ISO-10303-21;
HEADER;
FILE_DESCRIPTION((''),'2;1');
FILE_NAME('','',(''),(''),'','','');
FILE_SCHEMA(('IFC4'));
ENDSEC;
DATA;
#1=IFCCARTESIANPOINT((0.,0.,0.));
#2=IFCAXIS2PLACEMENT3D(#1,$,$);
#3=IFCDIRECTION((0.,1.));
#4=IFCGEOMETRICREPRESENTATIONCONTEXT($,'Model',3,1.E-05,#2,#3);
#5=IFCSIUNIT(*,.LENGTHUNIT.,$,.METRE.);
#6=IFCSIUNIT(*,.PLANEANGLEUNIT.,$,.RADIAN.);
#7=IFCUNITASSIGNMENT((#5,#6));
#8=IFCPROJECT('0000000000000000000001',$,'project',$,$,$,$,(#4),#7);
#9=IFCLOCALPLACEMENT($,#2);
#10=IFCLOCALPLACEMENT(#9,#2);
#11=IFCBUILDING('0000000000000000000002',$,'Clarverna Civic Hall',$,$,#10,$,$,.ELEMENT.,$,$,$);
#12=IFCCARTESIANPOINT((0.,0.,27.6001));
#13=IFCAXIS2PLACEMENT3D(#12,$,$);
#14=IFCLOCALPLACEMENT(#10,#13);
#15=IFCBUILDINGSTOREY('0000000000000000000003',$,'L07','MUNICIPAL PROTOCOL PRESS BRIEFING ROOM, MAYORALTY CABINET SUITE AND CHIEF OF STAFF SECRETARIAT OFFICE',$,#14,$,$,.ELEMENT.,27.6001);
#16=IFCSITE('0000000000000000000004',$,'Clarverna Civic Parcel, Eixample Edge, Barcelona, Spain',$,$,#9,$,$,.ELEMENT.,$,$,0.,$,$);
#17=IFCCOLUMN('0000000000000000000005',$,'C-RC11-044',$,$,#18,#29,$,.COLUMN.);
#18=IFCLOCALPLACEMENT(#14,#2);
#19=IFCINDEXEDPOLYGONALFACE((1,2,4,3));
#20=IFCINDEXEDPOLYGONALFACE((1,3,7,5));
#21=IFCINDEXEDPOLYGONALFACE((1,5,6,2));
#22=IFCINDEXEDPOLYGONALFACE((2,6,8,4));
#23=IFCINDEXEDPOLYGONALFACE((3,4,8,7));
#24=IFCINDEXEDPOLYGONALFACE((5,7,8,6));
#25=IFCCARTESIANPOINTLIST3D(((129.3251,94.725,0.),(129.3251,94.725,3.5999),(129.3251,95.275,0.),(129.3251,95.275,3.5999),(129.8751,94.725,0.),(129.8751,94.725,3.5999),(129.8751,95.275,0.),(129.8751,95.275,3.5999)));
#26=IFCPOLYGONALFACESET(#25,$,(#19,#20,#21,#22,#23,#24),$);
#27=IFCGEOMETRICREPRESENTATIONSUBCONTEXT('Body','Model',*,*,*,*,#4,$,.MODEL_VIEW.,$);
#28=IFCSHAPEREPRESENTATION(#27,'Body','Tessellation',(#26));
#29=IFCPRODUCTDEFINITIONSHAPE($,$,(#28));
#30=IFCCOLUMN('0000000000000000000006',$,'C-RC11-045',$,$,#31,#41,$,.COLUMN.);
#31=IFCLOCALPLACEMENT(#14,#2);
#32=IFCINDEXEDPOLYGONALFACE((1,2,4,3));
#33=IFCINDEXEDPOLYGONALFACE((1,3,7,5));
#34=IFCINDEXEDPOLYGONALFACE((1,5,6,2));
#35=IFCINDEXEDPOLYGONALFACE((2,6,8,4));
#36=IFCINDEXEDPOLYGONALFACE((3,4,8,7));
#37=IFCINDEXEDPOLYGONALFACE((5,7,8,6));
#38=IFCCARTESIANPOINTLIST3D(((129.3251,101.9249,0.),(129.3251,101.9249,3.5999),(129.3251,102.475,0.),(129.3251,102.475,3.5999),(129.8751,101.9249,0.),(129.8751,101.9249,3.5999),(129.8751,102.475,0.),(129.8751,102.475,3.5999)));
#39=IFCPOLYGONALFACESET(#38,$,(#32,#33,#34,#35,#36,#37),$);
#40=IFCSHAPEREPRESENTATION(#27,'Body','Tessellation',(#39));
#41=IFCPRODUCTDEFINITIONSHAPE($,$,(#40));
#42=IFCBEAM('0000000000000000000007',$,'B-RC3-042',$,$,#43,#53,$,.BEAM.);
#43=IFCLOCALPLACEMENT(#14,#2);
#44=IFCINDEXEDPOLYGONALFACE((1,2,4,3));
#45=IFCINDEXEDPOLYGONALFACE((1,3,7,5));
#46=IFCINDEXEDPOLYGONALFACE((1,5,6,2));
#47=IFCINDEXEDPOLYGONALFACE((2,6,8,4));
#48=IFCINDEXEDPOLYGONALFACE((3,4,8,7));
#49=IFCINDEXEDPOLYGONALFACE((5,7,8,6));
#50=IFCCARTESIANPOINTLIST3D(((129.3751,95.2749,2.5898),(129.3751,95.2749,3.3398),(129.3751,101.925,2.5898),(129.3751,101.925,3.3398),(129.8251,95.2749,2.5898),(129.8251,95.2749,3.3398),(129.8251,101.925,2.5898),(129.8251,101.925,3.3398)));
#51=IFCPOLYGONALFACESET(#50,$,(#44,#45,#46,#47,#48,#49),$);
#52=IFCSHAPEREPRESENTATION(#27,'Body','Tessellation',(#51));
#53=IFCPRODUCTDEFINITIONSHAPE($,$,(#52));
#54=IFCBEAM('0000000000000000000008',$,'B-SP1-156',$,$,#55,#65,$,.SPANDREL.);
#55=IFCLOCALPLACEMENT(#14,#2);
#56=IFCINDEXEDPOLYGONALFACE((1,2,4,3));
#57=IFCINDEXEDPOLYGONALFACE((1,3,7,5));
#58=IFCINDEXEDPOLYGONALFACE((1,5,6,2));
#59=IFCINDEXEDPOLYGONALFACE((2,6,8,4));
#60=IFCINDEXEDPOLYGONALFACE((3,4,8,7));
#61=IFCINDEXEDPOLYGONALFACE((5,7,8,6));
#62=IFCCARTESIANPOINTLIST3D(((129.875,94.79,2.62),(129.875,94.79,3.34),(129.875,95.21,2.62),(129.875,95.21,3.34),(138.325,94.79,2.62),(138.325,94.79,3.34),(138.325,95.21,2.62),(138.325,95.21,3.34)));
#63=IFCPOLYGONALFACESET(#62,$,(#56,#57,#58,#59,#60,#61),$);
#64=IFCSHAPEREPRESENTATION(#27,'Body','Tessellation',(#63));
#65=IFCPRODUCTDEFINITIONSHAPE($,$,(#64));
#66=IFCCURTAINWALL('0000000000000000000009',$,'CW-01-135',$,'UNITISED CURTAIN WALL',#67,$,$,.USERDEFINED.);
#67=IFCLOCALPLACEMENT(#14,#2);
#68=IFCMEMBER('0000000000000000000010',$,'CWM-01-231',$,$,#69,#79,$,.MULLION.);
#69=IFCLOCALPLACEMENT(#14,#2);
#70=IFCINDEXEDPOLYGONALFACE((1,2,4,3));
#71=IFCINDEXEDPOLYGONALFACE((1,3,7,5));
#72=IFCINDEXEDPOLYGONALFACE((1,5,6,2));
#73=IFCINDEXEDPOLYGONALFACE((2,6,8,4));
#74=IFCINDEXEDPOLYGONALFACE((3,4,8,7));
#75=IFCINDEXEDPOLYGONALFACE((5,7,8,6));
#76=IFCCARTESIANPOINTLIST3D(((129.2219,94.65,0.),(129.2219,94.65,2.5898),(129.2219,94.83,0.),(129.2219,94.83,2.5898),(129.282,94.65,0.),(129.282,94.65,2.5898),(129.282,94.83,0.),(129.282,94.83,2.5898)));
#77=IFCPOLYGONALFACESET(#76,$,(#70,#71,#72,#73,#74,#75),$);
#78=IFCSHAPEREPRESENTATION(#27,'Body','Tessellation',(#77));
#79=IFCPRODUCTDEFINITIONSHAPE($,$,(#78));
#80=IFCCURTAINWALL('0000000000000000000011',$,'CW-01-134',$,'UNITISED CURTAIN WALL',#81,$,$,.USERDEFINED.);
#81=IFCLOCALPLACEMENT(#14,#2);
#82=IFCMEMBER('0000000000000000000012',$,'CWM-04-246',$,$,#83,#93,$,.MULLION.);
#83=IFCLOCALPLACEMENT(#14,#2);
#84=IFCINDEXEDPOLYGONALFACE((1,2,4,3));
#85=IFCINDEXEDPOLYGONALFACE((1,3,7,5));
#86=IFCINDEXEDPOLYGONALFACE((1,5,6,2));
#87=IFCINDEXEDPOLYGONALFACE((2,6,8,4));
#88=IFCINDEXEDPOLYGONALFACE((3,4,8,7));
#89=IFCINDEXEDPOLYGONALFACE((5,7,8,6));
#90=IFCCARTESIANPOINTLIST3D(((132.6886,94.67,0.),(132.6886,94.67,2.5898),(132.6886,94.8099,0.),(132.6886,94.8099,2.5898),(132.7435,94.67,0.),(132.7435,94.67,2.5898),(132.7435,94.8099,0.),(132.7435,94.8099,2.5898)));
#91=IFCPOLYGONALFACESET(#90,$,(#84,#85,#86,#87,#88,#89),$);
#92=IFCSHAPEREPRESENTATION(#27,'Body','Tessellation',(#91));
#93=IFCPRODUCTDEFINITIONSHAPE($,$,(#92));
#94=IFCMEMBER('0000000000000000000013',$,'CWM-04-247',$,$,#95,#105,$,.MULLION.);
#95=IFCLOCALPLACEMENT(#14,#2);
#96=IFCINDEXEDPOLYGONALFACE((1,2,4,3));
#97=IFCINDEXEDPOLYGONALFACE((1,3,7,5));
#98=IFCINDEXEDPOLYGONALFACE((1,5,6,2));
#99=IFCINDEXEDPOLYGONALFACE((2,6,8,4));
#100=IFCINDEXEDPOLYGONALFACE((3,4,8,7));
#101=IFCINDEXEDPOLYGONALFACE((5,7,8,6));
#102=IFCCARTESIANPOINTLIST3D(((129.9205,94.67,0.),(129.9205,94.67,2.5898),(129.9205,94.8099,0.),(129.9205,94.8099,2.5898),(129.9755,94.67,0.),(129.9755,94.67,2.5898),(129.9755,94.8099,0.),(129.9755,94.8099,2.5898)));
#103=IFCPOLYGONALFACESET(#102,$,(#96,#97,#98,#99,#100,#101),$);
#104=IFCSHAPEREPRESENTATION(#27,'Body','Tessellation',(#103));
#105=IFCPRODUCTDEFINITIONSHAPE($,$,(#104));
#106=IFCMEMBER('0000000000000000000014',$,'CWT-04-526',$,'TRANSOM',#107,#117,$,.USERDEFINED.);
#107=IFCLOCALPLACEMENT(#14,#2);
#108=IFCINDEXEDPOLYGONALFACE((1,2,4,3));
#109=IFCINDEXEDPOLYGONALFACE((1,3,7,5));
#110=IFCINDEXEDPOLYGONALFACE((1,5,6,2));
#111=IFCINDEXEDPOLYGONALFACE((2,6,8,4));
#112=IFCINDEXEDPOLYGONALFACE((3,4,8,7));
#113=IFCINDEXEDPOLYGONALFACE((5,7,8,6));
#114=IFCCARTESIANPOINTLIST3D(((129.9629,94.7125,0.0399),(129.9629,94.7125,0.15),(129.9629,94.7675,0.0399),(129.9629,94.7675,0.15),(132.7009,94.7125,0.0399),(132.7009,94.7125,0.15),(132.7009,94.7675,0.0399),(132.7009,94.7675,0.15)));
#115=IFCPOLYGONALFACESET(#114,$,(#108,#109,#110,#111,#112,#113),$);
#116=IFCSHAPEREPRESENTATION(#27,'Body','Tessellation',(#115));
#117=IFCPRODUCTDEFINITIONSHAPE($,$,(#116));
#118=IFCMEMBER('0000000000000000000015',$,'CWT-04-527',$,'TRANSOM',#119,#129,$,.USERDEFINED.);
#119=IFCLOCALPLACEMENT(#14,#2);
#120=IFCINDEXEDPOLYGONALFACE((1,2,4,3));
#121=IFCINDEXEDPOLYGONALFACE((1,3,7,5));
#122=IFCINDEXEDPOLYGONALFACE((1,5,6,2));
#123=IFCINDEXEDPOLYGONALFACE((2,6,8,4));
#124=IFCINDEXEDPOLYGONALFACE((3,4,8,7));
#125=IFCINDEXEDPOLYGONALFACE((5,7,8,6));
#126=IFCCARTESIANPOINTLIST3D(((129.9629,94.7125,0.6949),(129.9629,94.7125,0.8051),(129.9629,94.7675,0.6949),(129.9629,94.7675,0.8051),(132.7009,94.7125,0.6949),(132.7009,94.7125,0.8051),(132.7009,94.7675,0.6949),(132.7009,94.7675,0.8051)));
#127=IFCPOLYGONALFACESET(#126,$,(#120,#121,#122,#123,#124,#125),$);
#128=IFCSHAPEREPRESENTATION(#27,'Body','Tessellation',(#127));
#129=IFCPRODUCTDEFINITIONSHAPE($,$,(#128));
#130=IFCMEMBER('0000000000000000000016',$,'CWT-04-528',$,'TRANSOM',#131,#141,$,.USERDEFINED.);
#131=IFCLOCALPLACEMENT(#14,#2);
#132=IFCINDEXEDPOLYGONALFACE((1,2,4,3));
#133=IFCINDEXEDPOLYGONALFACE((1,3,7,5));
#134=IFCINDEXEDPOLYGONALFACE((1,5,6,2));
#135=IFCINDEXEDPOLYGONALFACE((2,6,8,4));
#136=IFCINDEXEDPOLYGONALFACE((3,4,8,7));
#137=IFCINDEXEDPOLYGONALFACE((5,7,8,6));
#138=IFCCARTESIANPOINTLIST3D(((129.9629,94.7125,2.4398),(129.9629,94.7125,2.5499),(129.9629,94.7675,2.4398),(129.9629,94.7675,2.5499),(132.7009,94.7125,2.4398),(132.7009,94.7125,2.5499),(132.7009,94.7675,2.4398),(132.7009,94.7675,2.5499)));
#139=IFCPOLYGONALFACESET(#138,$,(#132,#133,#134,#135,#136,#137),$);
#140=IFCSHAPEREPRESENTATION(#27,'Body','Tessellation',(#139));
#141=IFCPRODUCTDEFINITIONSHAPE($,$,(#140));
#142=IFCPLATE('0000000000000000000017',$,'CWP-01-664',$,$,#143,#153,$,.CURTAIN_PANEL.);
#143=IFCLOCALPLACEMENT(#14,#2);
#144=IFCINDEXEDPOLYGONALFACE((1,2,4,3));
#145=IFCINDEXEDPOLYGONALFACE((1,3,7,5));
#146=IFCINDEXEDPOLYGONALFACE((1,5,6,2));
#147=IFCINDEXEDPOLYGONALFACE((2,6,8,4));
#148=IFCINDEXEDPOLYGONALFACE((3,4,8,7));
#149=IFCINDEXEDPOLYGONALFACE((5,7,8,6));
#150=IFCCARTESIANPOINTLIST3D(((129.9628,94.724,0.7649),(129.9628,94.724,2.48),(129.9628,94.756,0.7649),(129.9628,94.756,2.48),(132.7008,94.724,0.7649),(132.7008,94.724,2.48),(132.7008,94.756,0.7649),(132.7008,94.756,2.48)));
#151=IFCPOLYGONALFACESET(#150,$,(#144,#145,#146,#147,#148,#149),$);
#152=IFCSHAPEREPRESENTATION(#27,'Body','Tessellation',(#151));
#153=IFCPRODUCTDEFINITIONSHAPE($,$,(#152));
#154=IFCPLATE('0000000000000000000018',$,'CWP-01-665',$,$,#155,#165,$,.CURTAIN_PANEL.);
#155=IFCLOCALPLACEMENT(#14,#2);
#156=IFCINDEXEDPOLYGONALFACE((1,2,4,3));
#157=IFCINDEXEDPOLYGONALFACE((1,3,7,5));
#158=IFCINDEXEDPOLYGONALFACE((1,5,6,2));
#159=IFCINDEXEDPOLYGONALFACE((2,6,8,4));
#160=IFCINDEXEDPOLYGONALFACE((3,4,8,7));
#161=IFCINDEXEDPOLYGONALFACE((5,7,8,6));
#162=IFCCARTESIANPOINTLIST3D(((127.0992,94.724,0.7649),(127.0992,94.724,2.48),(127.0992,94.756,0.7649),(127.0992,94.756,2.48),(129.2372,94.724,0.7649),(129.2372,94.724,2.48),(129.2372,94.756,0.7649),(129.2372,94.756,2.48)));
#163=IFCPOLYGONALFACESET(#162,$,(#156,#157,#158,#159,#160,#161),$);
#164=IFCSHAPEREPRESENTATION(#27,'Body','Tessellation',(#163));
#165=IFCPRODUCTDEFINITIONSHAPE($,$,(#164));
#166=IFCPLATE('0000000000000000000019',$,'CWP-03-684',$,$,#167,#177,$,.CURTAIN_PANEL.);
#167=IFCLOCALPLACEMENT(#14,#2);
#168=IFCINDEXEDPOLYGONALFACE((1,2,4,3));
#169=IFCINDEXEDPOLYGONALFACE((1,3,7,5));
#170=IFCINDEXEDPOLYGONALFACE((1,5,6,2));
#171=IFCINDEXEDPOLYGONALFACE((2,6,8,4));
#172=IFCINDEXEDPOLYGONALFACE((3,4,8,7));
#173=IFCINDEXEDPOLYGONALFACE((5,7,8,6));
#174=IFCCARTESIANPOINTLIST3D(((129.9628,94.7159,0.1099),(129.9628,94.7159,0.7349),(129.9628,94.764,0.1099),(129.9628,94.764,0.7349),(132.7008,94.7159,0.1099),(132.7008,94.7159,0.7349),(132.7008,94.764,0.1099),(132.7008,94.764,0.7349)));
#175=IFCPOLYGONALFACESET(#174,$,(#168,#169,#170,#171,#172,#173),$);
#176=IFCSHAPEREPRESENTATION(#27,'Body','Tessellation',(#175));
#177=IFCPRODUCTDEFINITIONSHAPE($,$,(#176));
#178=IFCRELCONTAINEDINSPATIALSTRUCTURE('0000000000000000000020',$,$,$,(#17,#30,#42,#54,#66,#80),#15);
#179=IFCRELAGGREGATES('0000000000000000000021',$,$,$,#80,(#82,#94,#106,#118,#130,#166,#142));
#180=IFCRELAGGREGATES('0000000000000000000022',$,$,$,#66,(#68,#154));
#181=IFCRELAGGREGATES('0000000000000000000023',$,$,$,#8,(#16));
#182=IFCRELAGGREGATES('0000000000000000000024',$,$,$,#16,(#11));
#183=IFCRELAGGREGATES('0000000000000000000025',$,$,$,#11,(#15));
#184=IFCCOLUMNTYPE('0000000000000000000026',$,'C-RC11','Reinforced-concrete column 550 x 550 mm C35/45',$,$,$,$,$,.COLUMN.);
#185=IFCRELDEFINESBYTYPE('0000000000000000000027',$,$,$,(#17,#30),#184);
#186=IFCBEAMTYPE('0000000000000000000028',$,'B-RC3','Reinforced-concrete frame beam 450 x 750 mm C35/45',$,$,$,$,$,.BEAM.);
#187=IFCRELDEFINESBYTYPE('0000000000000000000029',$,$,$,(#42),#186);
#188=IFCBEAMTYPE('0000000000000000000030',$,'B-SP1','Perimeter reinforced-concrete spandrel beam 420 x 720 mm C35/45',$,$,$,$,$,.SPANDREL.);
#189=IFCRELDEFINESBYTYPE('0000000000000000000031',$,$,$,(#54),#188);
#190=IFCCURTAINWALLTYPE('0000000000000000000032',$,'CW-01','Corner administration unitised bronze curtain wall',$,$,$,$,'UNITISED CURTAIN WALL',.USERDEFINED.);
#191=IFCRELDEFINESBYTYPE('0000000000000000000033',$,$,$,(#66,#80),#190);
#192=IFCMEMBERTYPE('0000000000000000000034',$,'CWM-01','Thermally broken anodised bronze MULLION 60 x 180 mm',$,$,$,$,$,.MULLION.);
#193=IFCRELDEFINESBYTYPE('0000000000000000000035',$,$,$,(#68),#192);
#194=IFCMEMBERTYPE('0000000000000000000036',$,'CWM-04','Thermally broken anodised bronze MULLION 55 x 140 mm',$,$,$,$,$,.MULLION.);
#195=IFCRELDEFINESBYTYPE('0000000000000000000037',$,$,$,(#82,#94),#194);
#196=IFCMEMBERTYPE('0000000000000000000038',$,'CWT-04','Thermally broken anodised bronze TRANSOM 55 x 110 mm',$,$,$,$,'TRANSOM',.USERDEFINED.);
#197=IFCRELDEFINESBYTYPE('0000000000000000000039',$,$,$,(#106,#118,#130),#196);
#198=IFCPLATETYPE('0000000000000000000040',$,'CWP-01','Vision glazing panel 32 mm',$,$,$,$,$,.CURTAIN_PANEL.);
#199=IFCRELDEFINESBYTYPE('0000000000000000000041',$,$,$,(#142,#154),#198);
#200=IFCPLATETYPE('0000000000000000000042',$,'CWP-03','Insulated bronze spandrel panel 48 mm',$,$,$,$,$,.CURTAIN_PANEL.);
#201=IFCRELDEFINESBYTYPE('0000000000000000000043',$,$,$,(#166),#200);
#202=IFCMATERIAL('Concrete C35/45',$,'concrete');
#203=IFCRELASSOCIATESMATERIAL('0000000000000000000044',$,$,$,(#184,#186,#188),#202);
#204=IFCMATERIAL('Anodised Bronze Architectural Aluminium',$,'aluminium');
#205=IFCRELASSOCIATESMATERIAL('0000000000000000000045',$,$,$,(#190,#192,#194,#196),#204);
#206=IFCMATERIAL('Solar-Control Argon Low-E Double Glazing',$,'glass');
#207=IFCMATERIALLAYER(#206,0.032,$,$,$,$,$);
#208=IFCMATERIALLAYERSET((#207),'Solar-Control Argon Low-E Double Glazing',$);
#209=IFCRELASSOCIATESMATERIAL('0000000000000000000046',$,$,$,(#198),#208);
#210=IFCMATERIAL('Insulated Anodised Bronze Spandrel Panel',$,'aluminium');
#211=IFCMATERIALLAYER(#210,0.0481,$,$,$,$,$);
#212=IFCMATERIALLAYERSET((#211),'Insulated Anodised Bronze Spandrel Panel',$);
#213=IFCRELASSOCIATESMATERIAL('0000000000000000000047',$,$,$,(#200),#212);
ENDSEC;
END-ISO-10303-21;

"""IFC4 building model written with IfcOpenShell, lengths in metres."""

from ifc_helpers import new_model, si_unit, direction, frame, frame_2d, origin, origin_2d, place, context, subcontext, project, spatial, rectangle, extrude, material, layer, layer_set, material_profile, profile_set, type_object, element, aggregate, save


model = new_model("IFC4")

# Units and contexts
model_context = context("Model", 3, precision=1e-05, world=origin(), true_north=direction((0.0, 1.0)))
body_context = subcontext(model_context, "Body", "Model", "MODEL_VIEW")
ifc_project = project(units=[si_unit("LENGTHUNIT", "METRE"), si_unit("PLANEANGLEUNIT", "RADIAN")], contexts=[model_context])

# Site, building, storey
site_placement = place(None, origin())
site = spatial("IfcSite", under=ifc_project, at=site_placement, Name="Clarverna Civic Parcel, Eixample Edge, Barcelona, Spain", CompositionType="ELEMENT", RefElevation=0.0)
building_placement = place(site_placement, origin())
building = spatial("IfcBuilding", under=site, at=building_placement, Name="Clarverna Civic Hall", CompositionType="ELEMENT")
storey_placement = place(building_placement, frame((0.0, 0.0, 27.6001)))
storey = spatial("IfcBuildingStorey", under=building, at=storey_placement, Name="L07", Description="MUNICIPAL PROTOCOL PRESS BRIEFING ROOM, MAYORALTY CABINET SUITE AND CHIEF OF STAFF SECRETARIAT OFFICE", CompositionType="ELEMENT", Elevation=27.6001)

# Columns
ifc_material_1 = material(Name="Concrete C35/45", Category="concrete")
ifc_material_profile_1 = material_profile(ifc_material_1, rectangle(XDim=0.55, YDim=0.55, at=origin_2d()), Name="RC 550x550")
ifc_profile_set_1 = profile_set([ifc_material_profile_1], Name="Concrete C35/45")
column_type = type_object("IfcColumnType", Name="C-RC11", Description="Reinforced-concrete column 550 x 550 mm C35/45", PredefinedType="COLUMN", material=ifc_profile_set_1)
for number, where, z_axis, x_axis, name in (
    (1, (129.6001, 95.0, 0.0), (0.0, 0.0, 1.0), (1.0, 0.0, 0.0), "C-RC11-044"),
    (2, (129.6001, 102.2, 0.0), (0.0, 0.0, 1.0), (1.0, 0.0, 0.0), "C-RC11-045"),
):
    element("IfcColumn", number, at=place(storey_placement, frame(where, z_axis=z_axis, x_axis=x_axis)), inside=storey, type_object=column_type, Name=name, PredefinedType="COLUMN", context=body_context, shape_type="SweptSolid", body=[
        extrude(rectangle(XDim=0.55, YDim=0.55, at=origin_2d()), origin(), (0.0, 0.0, 1.0), 3.5999),
    ])

# Beams
ifc_material_profile_2 = material_profile(ifc_material_1, rectangle(XDim=0.45, YDim=0.75, at=origin_2d()), Name="RC 450x750")
ifc_profile_set_2 = profile_set([ifc_material_profile_2], Name="Concrete C35/45")
beam_type_1 = type_object("IfcBeamType", Name="B-RC3", Description="Reinforced-concrete frame beam 450 x 750 mm C35/45", PredefinedType="BEAM", material=ifc_profile_set_2)
beam_1_placement = place(storey_placement, frame((129.6001, 95.2749, 2.9648), z_axis=(0.0, 1.0, 0.0), x_axis=(-1.0, 0.0, 0.0)))
element("IfcBeam", 3, at=beam_1_placement, inside=storey, type_object=beam_type_1, Name="B-RC3-042", PredefinedType="BEAM", context=body_context, shape_type="SweptSolid", body=[
    extrude(rectangle(XDim=0.45, YDim=0.75, at=origin_2d()), origin(), (0.0, 0.0, 1.0), 6.6501),
])
ifc_material_profile_3 = material_profile(ifc_material_1, rectangle(XDim=0.4199, YDim=0.72, at=origin_2d()), Name="RC 420x720")
ifc_profile_set_3 = profile_set([ifc_material_profile_3], Name="Concrete C35/45")
beam_type_2 = type_object("IfcBeamType", Name="B-SP1", Description="Perimeter reinforced-concrete spandrel beam 420 x 720 mm C35/45", PredefinedType="SPANDREL", material=ifc_profile_set_3)
beam_2_placement = place(storey_placement, frame((129.875, 95.0, 2.98), z_axis=(1.0, 0.0, 0.0), x_axis=(0.0, 1.0, 0.0)))
element("IfcBeam", 4, at=beam_2_placement, inside=storey, type_object=beam_type_2, Name="B-SP1-156", PredefinedType="SPANDREL", context=body_context, shape_type="SweptSolid", body=[
    extrude(rectangle(XDim=0.4199, YDim=0.72, at=origin_2d()), origin(), (0.0, 0.0, 1.0), 8.45),
])

# Curtain wall, member
ifc_material_2 = material(Name="Anodised Bronze Architectural Aluminium", Category="aluminium")
curtain_wall_type = type_object("IfcCurtainWallType", Name="CW-01", Description="Corner administration unitised bronze curtain wall", ElementType="UNITISED CURTAIN WALL", PredefinedType="USERDEFINED", material=ifc_material_2)
curtain_wall_1_placement = place(storey_placement, origin())
curtain_wall_1 = element("IfcCurtainWall", 5, at=curtain_wall_1_placement, inside=storey, type_object=curtain_wall_type, Name="CW-01-135", ObjectType="UNITISED CURTAIN WALL", PredefinedType="USERDEFINED")
ifc_material_profile_4 = material_profile(ifc_material_2, rectangle(XDim=0.0601, YDim=0.1799, at=origin_2d()), Name="BRONZE 60x180")
ifc_profile_set_4 = profile_set([ifc_material_profile_4], Name="Anodised Bronze Architectural Aluminium")
member_type_1 = type_object("IfcMemberType", Name="CWM-01", Description="Thermally broken anodised bronze MULLION 60 x 180 mm", PredefinedType="MULLION", material=ifc_profile_set_4)
member_1_placement = place(storey_placement, frame((129.252, 94.74, 0.0), z_axis=(0.0, 0.0, 1.0), x_axis=(1.0, 0.0, 0.0)))
member_1 = element("IfcMember", 6, at=member_1_placement, type_object=member_type_1, Name="CWM-01-231", PredefinedType="MULLION", context=body_context, shape_type="SweptSolid", body=[
    extrude(rectangle(XDim=0.0601, YDim=0.1799, at=origin_2d()), origin(), (0.0, 0.0, 1.0), 2.5898),
])

# Curtain wall, members, plate
curtain_wall_2_placement = place(storey_placement, origin())
curtain_wall_2 = element("IfcCurtainWall", 7, at=curtain_wall_2_placement, inside=storey, type_object=curtain_wall_type, Name="CW-01-134", ObjectType="UNITISED CURTAIN WALL", PredefinedType="USERDEFINED")
ifc_material_profile_5 = material_profile(ifc_material_2, rectangle(XDim=0.0549, YDim=0.1399, at=origin_2d()), Name="BRONZE 55x140")
ifc_profile_set_5 = profile_set([ifc_material_profile_5], Name="Anodised Bronze Architectural Aluminium")
member_type_2 = type_object("IfcMemberType", Name="CWM-04", Description="Thermally broken anodised bronze MULLION 55 x 140 mm", PredefinedType="MULLION", material=ifc_profile_set_5)
member_2_placement = place(storey_placement, frame((132.7161, 94.74, 0.0), z_axis=(0.0, 0.0, 1.0), x_axis=(1.0, 0.0, 0.0)))
member_2 = element("IfcMember", 8, at=member_2_placement, type_object=member_type_2, Name="CWM-04-246", PredefinedType="MULLION", context=body_context, shape_type="SweptSolid", body=[
    extrude(rectangle(XDim=0.0549, YDim=0.1399, at=origin_2d()), origin(), (0.0, 0.0, 1.0), 2.5898),
])
member_3_placement = place(storey_placement, frame((129.948, 94.74, 0.0), z_axis=(0.0, 0.0, 1.0), x_axis=(1.0, 0.0, 0.0)))
member_3 = element("IfcMember", 9, at=member_3_placement, type_object=member_type_2, Name="CWM-04-247", PredefinedType="MULLION", context=body_context, shape_type="SweptSolid", body=[
    extrude(rectangle(XDim=0.0549, YDim=0.1399, at=origin_2d()), origin(), (0.0, 0.0, 1.0), 2.5898),
])
ifc_material_profile_6 = material_profile(ifc_material_2, rectangle(XDim=0.0549, YDim=0.1101, at=origin_2d()), Name="BRONZE 55x110")
ifc_profile_set_6 = profile_set([ifc_material_profile_6], Name="Anodised Bronze Architectural Aluminium")
member_type_3 = type_object("IfcMemberType", Name="CWT-04", Description="Thermally broken anodised bronze TRANSOM 55 x 110 mm", ElementType="TRANSOM", PredefinedType="USERDEFINED", material=ifc_profile_set_6)
member_4_placement = place(storey_placement, frame((132.7009, 94.74, 0.095), z_axis=(-1.0, 0.0, 0.0), x_axis=(0.0, -1.0, 0.0)))
member_4 = element("IfcMember", 10, at=member_4_placement, type_object=member_type_3, Name="CWT-04-526", ObjectType="TRANSOM", PredefinedType="USERDEFINED", context=body_context, shape_type="SweptSolid", body=[
    extrude(rectangle(XDim=0.0549, YDim=0.1101, at=origin_2d()), origin(), (0.0, 0.0, 1.0), 2.738),
])
member_5_placement = place(storey_placement, frame((132.7009, 94.74, 0.75), z_axis=(-1.0, 0.0, 0.0), x_axis=(0.0, -1.0, 0.0)))
member_5 = element("IfcMember", 11, at=member_5_placement, type_object=member_type_3, Name="CWT-04-527", ObjectType="TRANSOM", PredefinedType="USERDEFINED", context=body_context, shape_type="SweptSolid", body=[
    extrude(rectangle(XDim=0.0549, YDim=0.1101, at=origin_2d()), origin(), (0.0, 0.0, 1.0), 2.738),
])
member_6_placement = place(storey_placement, frame((132.7009, 94.74, 2.4949), z_axis=(-1.0, 0.0, 0.0), x_axis=(0.0, -1.0, 0.0)))
member_6 = element("IfcMember", 12, at=member_6_placement, type_object=member_type_3, Name="CWT-04-528", ObjectType="TRANSOM", PredefinedType="USERDEFINED", context=body_context, shape_type="SweptSolid", body=[
    extrude(rectangle(XDim=0.0549, YDim=0.1101, at=origin_2d()), origin(), (0.0, 0.0, 1.0), 2.738),
])
ifc_material_3 = material(Name="Solar-Control Argon Low-E Double Glazing", Category="glass")
ifc_layer_1 = layer(ifc_material_3, 0.032)
ifc_layer_set_1 = layer_set([ifc_layer_1], Name="Solar-Control Argon Low-E Double Glazing")
plate_type_1 = type_object("IfcPlateType", Name="CWP-01", Description="Vision glazing panel 32 mm", PredefinedType="CURTAIN_PANEL", material=ifc_layer_set_1)
plate_1_placement = place(storey_placement, frame((132.7009, 94.74, 0.7649), z_axis=(0.0, 0.0, 1.0), x_axis=(-1.0, 0.0, 0.0)))
plate_1 = element("IfcPlate", 13, at=plate_1_placement, type_object=plate_type_1, Name="CWP-01-664", PredefinedType="CURTAIN_PANEL", context=body_context, shape_type="SweptSolid", body=[
    extrude(rectangle(XDim=2.738, YDim=0.032, at=frame_2d((1.3691, 0.0))), origin(), (0.0, 0.0, 1.0), 1.7151),
])

# Plates
plate_2_placement = place(storey_placement, frame((129.2371, 94.74, 0.7649), z_axis=(0.0, 0.0, 1.0), x_axis=(-1.0, 0.0, 0.0)))
plate_2 = element("IfcPlate", 14, at=plate_2_placement, type_object=plate_type_1, Name="CWP-01-665", PredefinedType="CURTAIN_PANEL", context=body_context, shape_type="SweptSolid", body=[
    extrude(rectangle(XDim=2.1379, YDim=0.032, at=frame_2d((1.0688, 0.0))), origin(), (0.0, 0.0, 1.0), 1.7151),
])
ifc_material_4 = material(Name="Insulated Anodised Bronze Spandrel Panel", Category="aluminium")
ifc_layer_2 = layer(ifc_material_4, 0.0481)
ifc_layer_set_2 = layer_set([ifc_layer_2], Name="Insulated Anodised Bronze Spandrel Panel")
plate_type_2 = type_object("IfcPlateType", Name="CWP-03", Description="Insulated bronze spandrel panel 48 mm", PredefinedType="CURTAIN_PANEL", material=ifc_layer_set_2)
plate_3_placement = place(storey_placement, frame((132.7009, 94.74, 0.1099), z_axis=(0.0, 0.0, 1.0), x_axis=(-1.0, 0.0, 0.0)))
plate_3 = element("IfcPlate", 15, at=plate_3_placement, type_object=plate_type_2, Name="CWP-03-684", PredefinedType="CURTAIN_PANEL", context=body_context, shape_type="SweptSolid", body=[
    extrude(rectangle(XDim=2.738, YDim=0.0481, at=frame_2d((1.3691, 0.0))), origin(), (0.0, 0.0, 1.0), 0.625),
])
aggregate(curtain_wall_2, [member_2, member_3, member_4, member_5, member_6, plate_3, plate_1])
aggregate(curtain_wall_1, [member_1, plate_2])

save(model, "model.ifc")
